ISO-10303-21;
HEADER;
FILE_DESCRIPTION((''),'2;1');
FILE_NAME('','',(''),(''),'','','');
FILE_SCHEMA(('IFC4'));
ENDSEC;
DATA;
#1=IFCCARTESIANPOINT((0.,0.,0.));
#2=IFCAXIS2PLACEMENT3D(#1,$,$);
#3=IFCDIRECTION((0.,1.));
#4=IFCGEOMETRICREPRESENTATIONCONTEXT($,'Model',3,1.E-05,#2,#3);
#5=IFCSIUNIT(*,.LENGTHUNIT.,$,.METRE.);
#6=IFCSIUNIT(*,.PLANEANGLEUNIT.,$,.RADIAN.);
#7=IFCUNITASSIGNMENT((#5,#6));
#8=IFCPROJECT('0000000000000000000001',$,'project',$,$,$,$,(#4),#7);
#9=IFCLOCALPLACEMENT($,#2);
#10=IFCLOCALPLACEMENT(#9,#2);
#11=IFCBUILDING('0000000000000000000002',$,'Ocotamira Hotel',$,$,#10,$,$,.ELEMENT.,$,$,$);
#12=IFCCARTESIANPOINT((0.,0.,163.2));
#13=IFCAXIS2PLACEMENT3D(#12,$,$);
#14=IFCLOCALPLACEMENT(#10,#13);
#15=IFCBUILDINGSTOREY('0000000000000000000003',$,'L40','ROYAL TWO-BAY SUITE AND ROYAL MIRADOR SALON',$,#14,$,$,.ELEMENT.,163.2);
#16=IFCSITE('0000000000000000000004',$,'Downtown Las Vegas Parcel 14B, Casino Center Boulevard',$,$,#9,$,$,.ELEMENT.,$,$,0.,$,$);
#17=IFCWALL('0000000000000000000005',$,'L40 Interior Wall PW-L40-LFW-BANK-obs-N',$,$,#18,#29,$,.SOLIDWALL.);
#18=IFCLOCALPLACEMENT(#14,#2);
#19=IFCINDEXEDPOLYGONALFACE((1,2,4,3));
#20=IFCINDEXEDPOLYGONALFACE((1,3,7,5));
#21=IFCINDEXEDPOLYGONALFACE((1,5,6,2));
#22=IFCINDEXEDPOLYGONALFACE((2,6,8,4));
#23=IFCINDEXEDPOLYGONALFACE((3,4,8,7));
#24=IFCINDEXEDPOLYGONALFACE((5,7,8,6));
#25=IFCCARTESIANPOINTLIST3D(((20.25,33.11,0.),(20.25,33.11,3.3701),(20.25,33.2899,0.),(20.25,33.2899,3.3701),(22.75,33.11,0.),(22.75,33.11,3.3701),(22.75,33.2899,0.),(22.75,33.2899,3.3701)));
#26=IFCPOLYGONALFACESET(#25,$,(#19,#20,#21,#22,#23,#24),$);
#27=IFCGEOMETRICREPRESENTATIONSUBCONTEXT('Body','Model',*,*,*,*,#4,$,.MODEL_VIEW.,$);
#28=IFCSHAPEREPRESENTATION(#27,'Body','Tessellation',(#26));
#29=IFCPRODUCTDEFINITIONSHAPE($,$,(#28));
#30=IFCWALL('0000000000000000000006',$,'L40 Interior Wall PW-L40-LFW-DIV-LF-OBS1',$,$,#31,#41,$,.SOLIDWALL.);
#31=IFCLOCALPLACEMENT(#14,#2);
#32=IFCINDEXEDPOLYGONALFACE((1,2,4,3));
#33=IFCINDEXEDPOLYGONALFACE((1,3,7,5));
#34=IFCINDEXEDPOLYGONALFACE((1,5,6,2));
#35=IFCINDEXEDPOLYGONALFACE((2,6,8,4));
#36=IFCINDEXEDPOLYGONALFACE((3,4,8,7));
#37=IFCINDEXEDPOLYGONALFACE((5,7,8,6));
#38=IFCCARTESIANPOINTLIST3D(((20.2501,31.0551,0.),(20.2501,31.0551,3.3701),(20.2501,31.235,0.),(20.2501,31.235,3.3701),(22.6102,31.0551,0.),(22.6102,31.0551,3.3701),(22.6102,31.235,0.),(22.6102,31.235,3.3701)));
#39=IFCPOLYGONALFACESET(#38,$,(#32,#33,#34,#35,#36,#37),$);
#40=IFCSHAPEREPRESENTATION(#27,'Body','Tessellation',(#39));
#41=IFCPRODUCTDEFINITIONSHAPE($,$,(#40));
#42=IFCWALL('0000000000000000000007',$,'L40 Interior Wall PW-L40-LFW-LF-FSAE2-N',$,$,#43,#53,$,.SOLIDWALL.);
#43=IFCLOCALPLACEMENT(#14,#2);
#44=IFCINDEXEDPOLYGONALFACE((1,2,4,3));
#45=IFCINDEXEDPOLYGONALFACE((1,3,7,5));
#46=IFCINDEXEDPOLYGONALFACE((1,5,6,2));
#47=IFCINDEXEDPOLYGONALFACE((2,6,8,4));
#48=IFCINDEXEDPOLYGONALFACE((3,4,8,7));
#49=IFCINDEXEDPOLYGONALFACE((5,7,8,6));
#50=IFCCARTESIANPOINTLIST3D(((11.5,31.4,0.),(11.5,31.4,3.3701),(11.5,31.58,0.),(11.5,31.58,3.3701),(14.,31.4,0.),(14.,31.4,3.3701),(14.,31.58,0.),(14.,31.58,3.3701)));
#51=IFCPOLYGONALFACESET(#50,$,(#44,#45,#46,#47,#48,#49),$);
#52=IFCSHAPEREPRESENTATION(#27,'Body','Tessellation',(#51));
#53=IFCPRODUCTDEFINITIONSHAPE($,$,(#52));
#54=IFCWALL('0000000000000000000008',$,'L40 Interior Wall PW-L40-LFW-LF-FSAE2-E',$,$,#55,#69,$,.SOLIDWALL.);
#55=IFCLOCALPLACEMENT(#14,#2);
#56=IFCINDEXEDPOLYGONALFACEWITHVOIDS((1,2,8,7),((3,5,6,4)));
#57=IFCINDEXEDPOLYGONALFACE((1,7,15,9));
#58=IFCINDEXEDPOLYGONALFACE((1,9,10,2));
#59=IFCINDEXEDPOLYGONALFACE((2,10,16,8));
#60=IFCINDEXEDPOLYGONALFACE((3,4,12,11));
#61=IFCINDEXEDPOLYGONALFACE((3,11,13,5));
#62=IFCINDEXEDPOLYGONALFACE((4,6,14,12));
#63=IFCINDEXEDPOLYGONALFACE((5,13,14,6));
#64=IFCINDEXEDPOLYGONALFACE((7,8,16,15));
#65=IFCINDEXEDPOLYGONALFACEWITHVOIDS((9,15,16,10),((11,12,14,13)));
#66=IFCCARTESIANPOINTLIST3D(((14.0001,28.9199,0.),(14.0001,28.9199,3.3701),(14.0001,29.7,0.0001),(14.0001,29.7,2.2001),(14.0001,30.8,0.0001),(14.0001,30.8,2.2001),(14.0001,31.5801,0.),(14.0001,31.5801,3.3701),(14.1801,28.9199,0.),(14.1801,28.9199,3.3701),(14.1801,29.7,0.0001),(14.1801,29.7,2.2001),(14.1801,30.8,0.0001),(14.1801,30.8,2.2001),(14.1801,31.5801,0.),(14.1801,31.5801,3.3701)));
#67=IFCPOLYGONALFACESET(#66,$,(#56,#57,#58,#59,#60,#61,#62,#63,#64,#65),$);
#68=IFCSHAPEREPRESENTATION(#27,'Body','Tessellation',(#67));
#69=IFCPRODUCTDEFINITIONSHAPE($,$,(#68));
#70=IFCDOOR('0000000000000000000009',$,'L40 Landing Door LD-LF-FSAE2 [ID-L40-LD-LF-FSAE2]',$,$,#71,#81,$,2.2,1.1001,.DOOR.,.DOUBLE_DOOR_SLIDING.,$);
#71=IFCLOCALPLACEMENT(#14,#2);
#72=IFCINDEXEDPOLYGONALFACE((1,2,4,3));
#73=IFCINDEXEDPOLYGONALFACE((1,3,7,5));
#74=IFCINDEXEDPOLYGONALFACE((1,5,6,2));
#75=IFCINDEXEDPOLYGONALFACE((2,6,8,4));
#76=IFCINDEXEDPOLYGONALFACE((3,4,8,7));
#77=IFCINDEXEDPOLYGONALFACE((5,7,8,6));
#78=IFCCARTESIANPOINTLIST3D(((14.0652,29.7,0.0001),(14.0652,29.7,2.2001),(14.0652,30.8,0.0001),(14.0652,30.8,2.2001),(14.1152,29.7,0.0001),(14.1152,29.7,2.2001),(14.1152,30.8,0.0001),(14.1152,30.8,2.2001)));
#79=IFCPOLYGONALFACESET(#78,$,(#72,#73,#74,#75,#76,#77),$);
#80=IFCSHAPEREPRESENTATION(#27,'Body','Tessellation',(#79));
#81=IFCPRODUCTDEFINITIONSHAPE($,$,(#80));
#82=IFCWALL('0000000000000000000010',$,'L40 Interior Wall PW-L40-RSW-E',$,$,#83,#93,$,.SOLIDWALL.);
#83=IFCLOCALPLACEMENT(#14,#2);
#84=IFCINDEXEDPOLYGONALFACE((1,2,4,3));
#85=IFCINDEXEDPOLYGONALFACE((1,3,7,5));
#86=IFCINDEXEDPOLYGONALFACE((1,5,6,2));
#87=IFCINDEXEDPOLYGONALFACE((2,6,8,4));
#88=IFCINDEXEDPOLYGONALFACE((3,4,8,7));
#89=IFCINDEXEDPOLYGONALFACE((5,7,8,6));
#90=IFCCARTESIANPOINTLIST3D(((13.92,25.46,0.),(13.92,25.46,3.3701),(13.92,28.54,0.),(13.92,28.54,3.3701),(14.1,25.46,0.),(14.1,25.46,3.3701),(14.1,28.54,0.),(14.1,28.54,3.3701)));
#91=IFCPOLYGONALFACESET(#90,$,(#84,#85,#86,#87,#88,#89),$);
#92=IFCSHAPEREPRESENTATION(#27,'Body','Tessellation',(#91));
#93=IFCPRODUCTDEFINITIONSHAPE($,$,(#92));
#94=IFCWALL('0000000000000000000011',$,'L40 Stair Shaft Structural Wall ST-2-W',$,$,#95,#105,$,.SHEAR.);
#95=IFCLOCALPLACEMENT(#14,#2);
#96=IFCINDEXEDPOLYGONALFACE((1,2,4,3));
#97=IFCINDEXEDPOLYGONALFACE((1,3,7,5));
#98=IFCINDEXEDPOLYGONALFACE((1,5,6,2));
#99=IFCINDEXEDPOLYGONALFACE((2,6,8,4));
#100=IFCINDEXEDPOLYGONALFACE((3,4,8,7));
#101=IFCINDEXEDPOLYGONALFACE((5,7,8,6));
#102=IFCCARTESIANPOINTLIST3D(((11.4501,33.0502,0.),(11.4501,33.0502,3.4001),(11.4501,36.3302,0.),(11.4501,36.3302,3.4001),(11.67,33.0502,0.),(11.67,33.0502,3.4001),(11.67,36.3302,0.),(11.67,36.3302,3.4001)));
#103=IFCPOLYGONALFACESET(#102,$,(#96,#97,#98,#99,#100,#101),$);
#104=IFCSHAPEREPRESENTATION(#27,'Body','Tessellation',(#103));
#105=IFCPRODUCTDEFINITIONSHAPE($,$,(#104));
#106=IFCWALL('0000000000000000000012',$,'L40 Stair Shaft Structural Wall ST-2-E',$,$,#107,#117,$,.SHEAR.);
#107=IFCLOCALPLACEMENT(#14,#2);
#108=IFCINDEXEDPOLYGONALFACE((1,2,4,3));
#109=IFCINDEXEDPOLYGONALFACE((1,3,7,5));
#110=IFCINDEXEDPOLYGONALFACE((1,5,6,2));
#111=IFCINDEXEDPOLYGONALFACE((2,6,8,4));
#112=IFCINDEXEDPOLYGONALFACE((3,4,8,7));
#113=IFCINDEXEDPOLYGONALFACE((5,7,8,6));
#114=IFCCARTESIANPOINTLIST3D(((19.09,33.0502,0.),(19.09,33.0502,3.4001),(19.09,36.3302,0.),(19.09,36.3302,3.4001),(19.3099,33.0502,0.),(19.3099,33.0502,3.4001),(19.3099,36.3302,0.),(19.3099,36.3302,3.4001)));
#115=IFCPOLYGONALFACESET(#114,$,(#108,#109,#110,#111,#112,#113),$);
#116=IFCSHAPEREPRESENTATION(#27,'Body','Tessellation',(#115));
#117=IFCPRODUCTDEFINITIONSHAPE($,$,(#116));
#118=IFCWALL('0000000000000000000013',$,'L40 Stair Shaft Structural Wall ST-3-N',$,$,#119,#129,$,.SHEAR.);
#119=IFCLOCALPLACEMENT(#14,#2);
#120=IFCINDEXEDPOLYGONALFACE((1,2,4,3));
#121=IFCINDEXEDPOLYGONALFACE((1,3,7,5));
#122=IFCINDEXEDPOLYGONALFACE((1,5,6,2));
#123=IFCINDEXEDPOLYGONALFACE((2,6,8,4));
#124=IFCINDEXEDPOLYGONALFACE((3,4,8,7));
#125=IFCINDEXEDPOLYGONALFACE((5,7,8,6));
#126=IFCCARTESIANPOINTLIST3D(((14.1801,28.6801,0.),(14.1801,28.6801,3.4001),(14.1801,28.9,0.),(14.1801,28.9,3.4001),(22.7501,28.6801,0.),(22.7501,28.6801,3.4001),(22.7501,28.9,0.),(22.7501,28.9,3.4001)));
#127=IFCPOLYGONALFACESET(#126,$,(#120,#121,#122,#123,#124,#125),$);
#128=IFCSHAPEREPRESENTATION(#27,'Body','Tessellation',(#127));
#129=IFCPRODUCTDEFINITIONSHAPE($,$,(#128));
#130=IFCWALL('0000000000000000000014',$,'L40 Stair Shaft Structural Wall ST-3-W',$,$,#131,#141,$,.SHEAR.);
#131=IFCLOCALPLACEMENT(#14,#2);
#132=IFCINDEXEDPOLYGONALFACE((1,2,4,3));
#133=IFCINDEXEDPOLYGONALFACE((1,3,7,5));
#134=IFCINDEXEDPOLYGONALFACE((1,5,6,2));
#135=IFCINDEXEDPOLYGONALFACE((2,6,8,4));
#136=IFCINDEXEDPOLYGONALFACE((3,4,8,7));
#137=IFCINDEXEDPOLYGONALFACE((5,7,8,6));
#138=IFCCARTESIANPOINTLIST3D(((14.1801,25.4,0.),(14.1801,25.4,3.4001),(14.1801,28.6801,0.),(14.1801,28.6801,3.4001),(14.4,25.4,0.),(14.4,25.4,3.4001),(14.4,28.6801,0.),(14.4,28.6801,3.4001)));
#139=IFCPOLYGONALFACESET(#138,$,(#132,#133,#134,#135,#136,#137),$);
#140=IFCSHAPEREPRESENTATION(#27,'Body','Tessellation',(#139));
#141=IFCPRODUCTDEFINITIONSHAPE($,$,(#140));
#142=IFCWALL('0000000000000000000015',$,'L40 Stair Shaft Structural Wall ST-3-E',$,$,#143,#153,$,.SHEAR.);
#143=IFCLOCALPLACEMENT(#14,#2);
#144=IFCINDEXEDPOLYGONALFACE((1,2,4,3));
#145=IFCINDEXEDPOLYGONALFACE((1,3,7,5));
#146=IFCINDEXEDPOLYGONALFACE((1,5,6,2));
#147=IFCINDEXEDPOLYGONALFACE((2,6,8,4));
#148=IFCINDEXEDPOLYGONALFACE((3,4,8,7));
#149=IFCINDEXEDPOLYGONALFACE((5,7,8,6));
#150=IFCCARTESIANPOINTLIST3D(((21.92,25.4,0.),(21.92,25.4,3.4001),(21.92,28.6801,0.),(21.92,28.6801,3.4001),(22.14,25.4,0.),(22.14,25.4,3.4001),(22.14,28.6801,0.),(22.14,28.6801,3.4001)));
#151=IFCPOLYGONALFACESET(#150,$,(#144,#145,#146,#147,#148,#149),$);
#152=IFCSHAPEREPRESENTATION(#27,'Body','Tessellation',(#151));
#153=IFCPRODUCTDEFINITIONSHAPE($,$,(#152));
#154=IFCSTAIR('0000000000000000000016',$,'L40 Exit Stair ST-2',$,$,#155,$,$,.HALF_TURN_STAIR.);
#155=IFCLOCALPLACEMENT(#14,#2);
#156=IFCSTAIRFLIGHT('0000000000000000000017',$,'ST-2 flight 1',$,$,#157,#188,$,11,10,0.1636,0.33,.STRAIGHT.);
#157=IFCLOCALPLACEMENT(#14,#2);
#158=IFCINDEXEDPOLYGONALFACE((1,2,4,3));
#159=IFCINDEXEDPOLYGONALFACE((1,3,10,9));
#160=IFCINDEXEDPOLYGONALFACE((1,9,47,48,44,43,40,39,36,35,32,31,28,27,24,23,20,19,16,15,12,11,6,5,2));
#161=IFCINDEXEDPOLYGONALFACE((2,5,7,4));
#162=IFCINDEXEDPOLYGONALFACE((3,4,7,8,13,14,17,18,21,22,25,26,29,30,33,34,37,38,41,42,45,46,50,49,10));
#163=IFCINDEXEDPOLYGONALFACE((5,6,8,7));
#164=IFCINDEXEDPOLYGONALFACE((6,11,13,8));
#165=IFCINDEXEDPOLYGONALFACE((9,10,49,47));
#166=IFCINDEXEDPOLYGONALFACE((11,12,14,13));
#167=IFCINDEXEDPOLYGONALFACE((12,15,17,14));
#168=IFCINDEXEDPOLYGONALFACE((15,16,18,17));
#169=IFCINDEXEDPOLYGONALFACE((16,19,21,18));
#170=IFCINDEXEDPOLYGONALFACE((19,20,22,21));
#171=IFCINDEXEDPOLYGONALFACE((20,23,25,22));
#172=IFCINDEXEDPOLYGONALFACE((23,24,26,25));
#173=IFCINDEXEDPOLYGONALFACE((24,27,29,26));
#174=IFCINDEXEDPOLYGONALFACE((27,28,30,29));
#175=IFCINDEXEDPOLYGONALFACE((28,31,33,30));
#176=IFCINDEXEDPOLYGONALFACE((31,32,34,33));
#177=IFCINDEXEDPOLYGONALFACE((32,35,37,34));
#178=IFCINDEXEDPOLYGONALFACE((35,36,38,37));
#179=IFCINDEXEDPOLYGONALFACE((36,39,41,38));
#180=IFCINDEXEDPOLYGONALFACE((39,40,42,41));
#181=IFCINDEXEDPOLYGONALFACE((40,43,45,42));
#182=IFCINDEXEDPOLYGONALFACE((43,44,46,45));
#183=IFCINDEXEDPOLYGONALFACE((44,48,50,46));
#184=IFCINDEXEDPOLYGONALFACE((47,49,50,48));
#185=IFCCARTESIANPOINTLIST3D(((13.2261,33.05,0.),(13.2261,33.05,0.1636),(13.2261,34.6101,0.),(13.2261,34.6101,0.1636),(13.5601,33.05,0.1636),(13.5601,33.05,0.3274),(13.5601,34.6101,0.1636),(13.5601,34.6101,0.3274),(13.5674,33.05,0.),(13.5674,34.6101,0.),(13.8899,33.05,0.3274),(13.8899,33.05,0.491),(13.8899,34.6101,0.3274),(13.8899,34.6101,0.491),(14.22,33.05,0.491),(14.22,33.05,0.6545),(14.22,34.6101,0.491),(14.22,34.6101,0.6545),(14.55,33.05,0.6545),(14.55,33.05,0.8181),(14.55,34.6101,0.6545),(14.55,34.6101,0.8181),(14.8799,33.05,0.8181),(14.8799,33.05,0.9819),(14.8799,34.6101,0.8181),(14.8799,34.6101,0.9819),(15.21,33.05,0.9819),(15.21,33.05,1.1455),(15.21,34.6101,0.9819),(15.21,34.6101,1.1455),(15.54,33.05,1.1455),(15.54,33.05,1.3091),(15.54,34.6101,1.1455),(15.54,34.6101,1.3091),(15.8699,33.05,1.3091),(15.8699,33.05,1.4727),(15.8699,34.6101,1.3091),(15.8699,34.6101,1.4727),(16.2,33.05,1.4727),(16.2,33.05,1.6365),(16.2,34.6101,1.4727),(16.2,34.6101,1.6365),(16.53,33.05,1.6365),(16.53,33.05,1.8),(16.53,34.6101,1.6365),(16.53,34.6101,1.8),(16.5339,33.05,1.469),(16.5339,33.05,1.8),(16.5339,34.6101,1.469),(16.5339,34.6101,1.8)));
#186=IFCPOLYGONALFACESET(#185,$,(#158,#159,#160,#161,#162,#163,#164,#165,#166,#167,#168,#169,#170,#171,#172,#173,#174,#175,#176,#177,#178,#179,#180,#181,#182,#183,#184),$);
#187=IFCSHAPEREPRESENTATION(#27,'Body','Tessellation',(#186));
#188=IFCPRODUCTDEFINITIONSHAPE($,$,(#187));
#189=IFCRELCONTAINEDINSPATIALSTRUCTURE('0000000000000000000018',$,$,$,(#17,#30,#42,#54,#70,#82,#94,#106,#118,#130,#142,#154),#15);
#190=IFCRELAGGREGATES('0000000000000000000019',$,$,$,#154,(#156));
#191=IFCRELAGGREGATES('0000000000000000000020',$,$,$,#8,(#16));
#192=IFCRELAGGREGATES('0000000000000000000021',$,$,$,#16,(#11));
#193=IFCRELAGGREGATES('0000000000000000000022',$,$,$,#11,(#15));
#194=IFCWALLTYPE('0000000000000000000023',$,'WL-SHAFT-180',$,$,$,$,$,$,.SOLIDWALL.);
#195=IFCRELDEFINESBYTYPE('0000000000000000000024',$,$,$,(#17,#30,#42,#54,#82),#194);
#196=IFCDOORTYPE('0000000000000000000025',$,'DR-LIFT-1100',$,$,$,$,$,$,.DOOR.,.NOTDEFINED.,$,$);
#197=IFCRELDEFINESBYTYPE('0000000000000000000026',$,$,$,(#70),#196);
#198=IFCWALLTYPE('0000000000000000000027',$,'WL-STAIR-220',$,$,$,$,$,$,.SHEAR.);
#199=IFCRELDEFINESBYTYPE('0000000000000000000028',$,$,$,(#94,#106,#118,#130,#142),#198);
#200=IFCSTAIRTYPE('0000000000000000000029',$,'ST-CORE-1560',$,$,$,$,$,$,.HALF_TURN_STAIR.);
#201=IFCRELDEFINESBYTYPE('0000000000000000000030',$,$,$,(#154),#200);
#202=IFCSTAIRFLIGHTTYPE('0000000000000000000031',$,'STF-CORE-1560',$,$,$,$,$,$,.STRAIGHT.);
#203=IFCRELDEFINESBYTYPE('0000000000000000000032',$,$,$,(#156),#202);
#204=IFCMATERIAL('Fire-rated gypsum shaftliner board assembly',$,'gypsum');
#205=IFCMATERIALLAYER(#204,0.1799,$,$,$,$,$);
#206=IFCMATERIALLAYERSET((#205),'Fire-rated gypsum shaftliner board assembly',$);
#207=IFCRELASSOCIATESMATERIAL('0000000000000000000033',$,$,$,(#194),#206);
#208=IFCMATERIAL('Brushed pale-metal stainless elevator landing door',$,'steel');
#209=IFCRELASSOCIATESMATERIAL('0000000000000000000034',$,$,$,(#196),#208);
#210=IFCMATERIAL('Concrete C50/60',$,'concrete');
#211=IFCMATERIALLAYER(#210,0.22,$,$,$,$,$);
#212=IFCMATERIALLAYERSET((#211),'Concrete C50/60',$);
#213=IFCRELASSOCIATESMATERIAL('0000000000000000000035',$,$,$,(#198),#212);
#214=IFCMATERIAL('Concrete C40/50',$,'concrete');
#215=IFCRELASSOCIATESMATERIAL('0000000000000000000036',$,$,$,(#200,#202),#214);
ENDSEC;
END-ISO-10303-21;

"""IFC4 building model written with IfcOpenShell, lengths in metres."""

from ifc_helpers import new_model, si_unit, direction, frame, frame_2d, origin, place, context, subcontext, project, spatial, polyline, rectangle, outline, extrude, source, transform, mapped, material, layer, layer_set, type_object, element, fill, aggregate, save


model = new_model("IFC4")

# Units and contexts
model_context = context("Model", 3, precision=1e-05, world=origin(), true_north=direction((0.0, 1.0)))
body_context = subcontext(model_context, "Body", "Model", "MODEL_VIEW")
ifc_project = project(units=[si_unit("LENGTHUNIT", "METRE"), si_unit("PLANEANGLEUNIT", "RADIAN")], contexts=[model_context])

# Site, building, storey
site_placement = place(None, origin())
site = spatial("IfcSite", under=ifc_project, at=site_placement, Name="Downtown Las Vegas Parcel 14B, Casino Center Boulevard", CompositionType="ELEMENT", RefElevation=0.0)
building_placement = place(site_placement, origin())
building = spatial("IfcBuilding", under=site, at=building_placement, Name="Ocotamira Hotel", CompositionType="ELEMENT")
storey_placement = place(building_placement, frame((0.0, 0.0, 163.2)))
storey = spatial("IfcBuildingStorey", under=building, at=storey_placement, Name="L40", Description="ROYAL TWO-BAY SUITE AND ROYAL MIRADOR SALON", CompositionType="ELEMENT", Elevation=163.2)

# Walls
ifc_material_1 = material(Name="Fire-rated gypsum shaftliner board assembly", Category="gypsum")
ifc_layer_1 = layer(ifc_material_1, 0.1799)
ifc_layer_set_1 = layer_set([ifc_layer_1], Name="Fire-rated gypsum shaftliner board assembly")
wall_type_1 = type_object("IfcWallType", Name="WL-SHAFT-180", PredefinedType="SOLIDWALL", material=ifc_layer_set_1)
wall_1_placement = place(storey_placement, frame((20.25, 33.2, 0.0), z_axis=(0.0, 0.0, 1.0), x_axis=(1.0, 0.0, 0.0)))
element("IfcWall", 1, at=wall_1_placement, inside=storey, type_object=wall_type_1, Name="L40 Interior Wall PW-L40-LFW-BANK-obs-N", PredefinedType="SOLIDWALL", context=body_context, shape_type="SweptSolid", body=[
    extrude(rectangle(XDim=2.5, YDim=0.1799, at=frame_2d((1.25, 0.0))), origin(), (0.0, 0.0, 1.0), 3.3701),
])
wall_2_placement = place(storey_placement, frame((20.25, 31.145, 0.0), z_axis=(0.0, 0.0, 1.0), x_axis=(1.0, 0.0, 0.0)))
element("IfcWall", 2, at=wall_2_placement, inside=storey, type_object=wall_type_1, Name="L40 Interior Wall PW-L40-LFW-DIV-LF-OBS1", PredefinedType="SOLIDWALL", context=body_context, shape_type="SweptSolid", body=[
    extrude(rectangle(XDim=2.3601, YDim=0.1799, at=frame_2d((1.1802, 0.0))), origin(), (0.0, 0.0, 1.0), 3.3701),
])
wall_3_placement = place(storey_placement, frame((11.5, 31.49, 0.0), z_axis=(0.0, 0.0, 1.0), x_axis=(1.0, 0.0, 0.0)))
element("IfcWall", 3, at=wall_3_placement, inside=storey, type_object=wall_type_1, Name="L40 Interior Wall PW-L40-LFW-LF-FSAE2-N", PredefinedType="SOLIDWALL", context=body_context, shape_type="SweptSolid", body=[
    extrude(rectangle(XDim=2.5, YDim=0.1799, at=frame_2d((1.25, 0.0))), origin(), (0.0, 0.0, 1.0), 3.3701),
])

# Wall, opening, door
wall_4_placement = place(storey_placement, frame((14.0901, 28.9199, 0.0), z_axis=(0.0, 0.0, 1.0), x_axis=(0.0, 1.0, 0.0)))
wall_4 = element("IfcWall", 4, at=wall_4_placement, inside=storey, type_object=wall_type_1, Name="L40 Interior Wall PW-L40-LFW-LF-FSAE2-E", PredefinedType="SOLIDWALL", context=body_context, shape_type="SweptSolid", body=[
    extrude(rectangle(XDim=2.6602, YDim=0.1799, at=frame_2d((1.3301, 0.0))), origin(), (0.0, 0.0, 1.0), 3.3701),
])
opening_1_placement = place(wall_4_placement, frame((0.78, 0.0, 0.0)))
opening_1 = element("IfcOpeningElement", 5, at=opening_1_placement, cuts=wall_4, PredefinedType="OPENING", context=body_context, shape_type="SweptSolid", body=[
    extrude(rectangle(XDim=1.1001, YDim=2.2, at=frame_2d((0.55, 1.1001))), frame((0.0, 0.1001, 0.0), z_axis=(0.0, -1.0, 0.0), x_axis=(1.0, 0.0, 0.0)), (0.0, 0.0, 1.0), 0.2),
])
ifc_material_2 = material(Name="Brushed pale-metal stainless elevator landing door", Category="steel")
door_type_1 = type_object("IfcDoorType", Name="DR-LIFT-1100", OperationType="NOTDEFINED", PredefinedType="DOOR", material=ifc_material_2)
shared_shape_1 = source(origin(), body_context, "Body", "SweptSolid", [
    extrude(rectangle(XDim=1.1001, YDim=2.2, at=frame_2d((0.55, 1.1001))), frame((0.0, 0.0249, 0.0), z_axis=(0.0, -1.0, 0.0), x_axis=(1.0, 0.0, 0.0)), (0.0, 0.0, 1.0), 0.05),
])
door_1_placement = place(opening_1_placement, origin())
door_1 = element("IfcDoor", 6, at=door_1_placement, inside=storey, type_object=door_type_1, Name="L40 Landing Door LD-LF-FSAE2 [ID-L40-LD-LF-FSAE2]", OperationType="DOUBLE_DOOR_SLIDING", OverallHeight=2.2, OverallWidth=1.1001, PredefinedType="DOOR", context=body_context, shape_type="MappedRepresentation", body=[
    mapped(shared_shape_1, transform((0.0, 0.0, 0.0), scale=1.0)),
])
fill(opening_1, door_1)

# Walls
wall_5_placement = place(storey_placement, frame((14.01, 25.46, 0.0), z_axis=(0.0, 0.0, 1.0), x_axis=(0.0, 1.0, 0.0)))
element("IfcWall", 7, at=wall_5_placement, inside=storey, type_object=wall_type_1, Name="L40 Interior Wall PW-L40-RSW-E", PredefinedType="SOLIDWALL", context=body_context, shape_type="SweptSolid", body=[
    extrude(rectangle(XDim=3.0801, YDim=0.1799, at=frame_2d((1.54, 0.0))), origin(), (0.0, 0.0, 1.0), 3.3701),
])
ifc_material_3 = material(Name="Concrete C50/60", Category="concrete")
ifc_layer_2 = layer(ifc_material_3, 0.22)
ifc_layer_set_2 = layer_set([ifc_layer_2], Name="Concrete C50/60")
wall_type_2 = type_object("IfcWallType", Name="WL-STAIR-220", PredefinedType="SHEAR", material=ifc_layer_set_2)
for number, where, z_axis, x_axis, name in (
    (8, (11.5601, 33.05, 0.0), (0.0, 0.0, 1.0), (0.0, 1.0, 0.0), "L40 Stair Shaft Structural Wall ST-2-W"),
    (9, (19.2, 33.05, 0.0), (0.0, 0.0, 1.0), (0.0, 1.0, 0.0), "L40 Stair Shaft Structural Wall ST-2-E"),
):
    element("IfcWall", number, at=place(storey_placement, frame(where, z_axis=z_axis, x_axis=x_axis)), inside=storey, type_object=wall_type_2, Name=name, PredefinedType="SHEAR", context=body_context, shape_type="SweptSolid", body=[
        extrude(rectangle(XDim=3.28, YDim=0.22, at=frame_2d((1.6401, 0.0))), origin(), (0.0, 0.0, 1.0), 3.4001),
    ])
wall_6_placement = place(storey_placement, frame((14.1799, 28.79, 0.0), z_axis=(0.0, 0.0, 1.0), x_axis=(1.0, 0.0, 0.0)))
element("IfcWall", 10, at=wall_6_placement, inside=storey, type_object=wall_type_2, Name="L40 Stair Shaft Structural Wall ST-3-N", PredefinedType="SHEAR", context=body_context, shape_type="SweptSolid", body=[
    extrude(rectangle(XDim=8.5701, YDim=0.22, at=frame_2d((4.2852, 0.0))), origin(), (0.0, 0.0, 1.0), 3.4001),
])
for number, where, z_axis, x_axis, name in (
    (11, (14.29, 25.3999, 0.0), (0.0, 0.0, 1.0), (0.0, 1.0, 0.0), "L40 Stair Shaft Structural Wall ST-3-W"),
    (12, (22.03, 25.3999, 0.0), (0.0, 0.0, 1.0), (0.0, 1.0, 0.0), "L40 Stair Shaft Structural Wall ST-3-E"),
):
    element("IfcWall", number, at=place(storey_placement, frame(where, z_axis=z_axis, x_axis=x_axis)), inside=storey, type_object=wall_type_2, Name=name, PredefinedType="SHEAR", context=body_context, shape_type="SweptSolid", body=[
        extrude(rectangle(XDim=3.28, YDim=0.22, at=frame_2d((1.6401, 0.0))), origin(), (0.0, 0.0, 1.0), 3.4001),
    ])

# Stair, stair flight
ifc_material_4 = material(Name="Concrete C40/50", Category="concrete")
stair_type = type_object("IfcStairType", Name="ST-CORE-1560", PredefinedType="HALF_TURN_STAIR", material=ifc_material_4)
stair_1_placement = place(storey_placement, origin())
stair_1 = element("IfcStair", 13, at=stair_1_placement, inside=storey, type_object=stair_type, Name="L40 Exit Stair ST-2", PredefinedType="HALF_TURN_STAIR")
stair_flight_type = type_object("IfcStairFlightType", Name="STF-CORE-1560", PredefinedType="STRAIGHT", material=ifc_material_4)
shared_shape_2 = source(origin(), body_context, "Body", "SweptSolid", [
    extrude(outline(polyline([(-0.0039, 0.0), (-0.0039, 0.1636), (0.3301, 0.1636), (0.3301, 0.3274), (0.6599, 0.3274), (0.6599, 0.491), (0.99, 0.491), (0.99, 0.6545), (1.3201, 0.6545), (1.3201, 0.8181), (1.6499, 0.8181), (1.6499, 0.9819), (1.98, 0.9819), (1.98, 1.1455), (2.3101, 1.1455), (2.3101, 1.3091), (2.6399, 1.3091), (2.6399, 1.4727), (2.97, 1.4727), (2.97, 1.6365), (3.3, 1.6365), (3.3, 1.8), (3.304, 1.8), (3.304, 1.469), (0.3374, 0.0), (-0.0039, 0.0)])), frame((0.0, 0.78, 0.0), z_axis=(0.0, -1.0, 0.0), x_axis=(1.0, 0.0, 0.0)), (0.0, 0.0, 1.0), 1.5601),
])
stair_flight_1_placement = place(storey_placement, frame((13.23, 33.8301, 0.0), z_axis=(0.0, 0.0, 1.0), x_axis=(1.0, 0.0, 0.0)))
stair_flight_1 = element("IfcStairFlight", 14, at=stair_flight_1_placement, type_object=stair_flight_type, Name="ST-2 flight 1", NumberOfRisers=11, NumberOfTreads=10, PredefinedType="STRAIGHT", RiserHeight=0.1636, TreadLength=0.33, context=body_context, shape_type="MappedRepresentation", body=[
    mapped(shared_shape_2, transform((0.0, 0.0, 0.0), scale=1.0)),
])
aggregate(stair_1, [stair_flight_1])

save(model, "model.ifc")
